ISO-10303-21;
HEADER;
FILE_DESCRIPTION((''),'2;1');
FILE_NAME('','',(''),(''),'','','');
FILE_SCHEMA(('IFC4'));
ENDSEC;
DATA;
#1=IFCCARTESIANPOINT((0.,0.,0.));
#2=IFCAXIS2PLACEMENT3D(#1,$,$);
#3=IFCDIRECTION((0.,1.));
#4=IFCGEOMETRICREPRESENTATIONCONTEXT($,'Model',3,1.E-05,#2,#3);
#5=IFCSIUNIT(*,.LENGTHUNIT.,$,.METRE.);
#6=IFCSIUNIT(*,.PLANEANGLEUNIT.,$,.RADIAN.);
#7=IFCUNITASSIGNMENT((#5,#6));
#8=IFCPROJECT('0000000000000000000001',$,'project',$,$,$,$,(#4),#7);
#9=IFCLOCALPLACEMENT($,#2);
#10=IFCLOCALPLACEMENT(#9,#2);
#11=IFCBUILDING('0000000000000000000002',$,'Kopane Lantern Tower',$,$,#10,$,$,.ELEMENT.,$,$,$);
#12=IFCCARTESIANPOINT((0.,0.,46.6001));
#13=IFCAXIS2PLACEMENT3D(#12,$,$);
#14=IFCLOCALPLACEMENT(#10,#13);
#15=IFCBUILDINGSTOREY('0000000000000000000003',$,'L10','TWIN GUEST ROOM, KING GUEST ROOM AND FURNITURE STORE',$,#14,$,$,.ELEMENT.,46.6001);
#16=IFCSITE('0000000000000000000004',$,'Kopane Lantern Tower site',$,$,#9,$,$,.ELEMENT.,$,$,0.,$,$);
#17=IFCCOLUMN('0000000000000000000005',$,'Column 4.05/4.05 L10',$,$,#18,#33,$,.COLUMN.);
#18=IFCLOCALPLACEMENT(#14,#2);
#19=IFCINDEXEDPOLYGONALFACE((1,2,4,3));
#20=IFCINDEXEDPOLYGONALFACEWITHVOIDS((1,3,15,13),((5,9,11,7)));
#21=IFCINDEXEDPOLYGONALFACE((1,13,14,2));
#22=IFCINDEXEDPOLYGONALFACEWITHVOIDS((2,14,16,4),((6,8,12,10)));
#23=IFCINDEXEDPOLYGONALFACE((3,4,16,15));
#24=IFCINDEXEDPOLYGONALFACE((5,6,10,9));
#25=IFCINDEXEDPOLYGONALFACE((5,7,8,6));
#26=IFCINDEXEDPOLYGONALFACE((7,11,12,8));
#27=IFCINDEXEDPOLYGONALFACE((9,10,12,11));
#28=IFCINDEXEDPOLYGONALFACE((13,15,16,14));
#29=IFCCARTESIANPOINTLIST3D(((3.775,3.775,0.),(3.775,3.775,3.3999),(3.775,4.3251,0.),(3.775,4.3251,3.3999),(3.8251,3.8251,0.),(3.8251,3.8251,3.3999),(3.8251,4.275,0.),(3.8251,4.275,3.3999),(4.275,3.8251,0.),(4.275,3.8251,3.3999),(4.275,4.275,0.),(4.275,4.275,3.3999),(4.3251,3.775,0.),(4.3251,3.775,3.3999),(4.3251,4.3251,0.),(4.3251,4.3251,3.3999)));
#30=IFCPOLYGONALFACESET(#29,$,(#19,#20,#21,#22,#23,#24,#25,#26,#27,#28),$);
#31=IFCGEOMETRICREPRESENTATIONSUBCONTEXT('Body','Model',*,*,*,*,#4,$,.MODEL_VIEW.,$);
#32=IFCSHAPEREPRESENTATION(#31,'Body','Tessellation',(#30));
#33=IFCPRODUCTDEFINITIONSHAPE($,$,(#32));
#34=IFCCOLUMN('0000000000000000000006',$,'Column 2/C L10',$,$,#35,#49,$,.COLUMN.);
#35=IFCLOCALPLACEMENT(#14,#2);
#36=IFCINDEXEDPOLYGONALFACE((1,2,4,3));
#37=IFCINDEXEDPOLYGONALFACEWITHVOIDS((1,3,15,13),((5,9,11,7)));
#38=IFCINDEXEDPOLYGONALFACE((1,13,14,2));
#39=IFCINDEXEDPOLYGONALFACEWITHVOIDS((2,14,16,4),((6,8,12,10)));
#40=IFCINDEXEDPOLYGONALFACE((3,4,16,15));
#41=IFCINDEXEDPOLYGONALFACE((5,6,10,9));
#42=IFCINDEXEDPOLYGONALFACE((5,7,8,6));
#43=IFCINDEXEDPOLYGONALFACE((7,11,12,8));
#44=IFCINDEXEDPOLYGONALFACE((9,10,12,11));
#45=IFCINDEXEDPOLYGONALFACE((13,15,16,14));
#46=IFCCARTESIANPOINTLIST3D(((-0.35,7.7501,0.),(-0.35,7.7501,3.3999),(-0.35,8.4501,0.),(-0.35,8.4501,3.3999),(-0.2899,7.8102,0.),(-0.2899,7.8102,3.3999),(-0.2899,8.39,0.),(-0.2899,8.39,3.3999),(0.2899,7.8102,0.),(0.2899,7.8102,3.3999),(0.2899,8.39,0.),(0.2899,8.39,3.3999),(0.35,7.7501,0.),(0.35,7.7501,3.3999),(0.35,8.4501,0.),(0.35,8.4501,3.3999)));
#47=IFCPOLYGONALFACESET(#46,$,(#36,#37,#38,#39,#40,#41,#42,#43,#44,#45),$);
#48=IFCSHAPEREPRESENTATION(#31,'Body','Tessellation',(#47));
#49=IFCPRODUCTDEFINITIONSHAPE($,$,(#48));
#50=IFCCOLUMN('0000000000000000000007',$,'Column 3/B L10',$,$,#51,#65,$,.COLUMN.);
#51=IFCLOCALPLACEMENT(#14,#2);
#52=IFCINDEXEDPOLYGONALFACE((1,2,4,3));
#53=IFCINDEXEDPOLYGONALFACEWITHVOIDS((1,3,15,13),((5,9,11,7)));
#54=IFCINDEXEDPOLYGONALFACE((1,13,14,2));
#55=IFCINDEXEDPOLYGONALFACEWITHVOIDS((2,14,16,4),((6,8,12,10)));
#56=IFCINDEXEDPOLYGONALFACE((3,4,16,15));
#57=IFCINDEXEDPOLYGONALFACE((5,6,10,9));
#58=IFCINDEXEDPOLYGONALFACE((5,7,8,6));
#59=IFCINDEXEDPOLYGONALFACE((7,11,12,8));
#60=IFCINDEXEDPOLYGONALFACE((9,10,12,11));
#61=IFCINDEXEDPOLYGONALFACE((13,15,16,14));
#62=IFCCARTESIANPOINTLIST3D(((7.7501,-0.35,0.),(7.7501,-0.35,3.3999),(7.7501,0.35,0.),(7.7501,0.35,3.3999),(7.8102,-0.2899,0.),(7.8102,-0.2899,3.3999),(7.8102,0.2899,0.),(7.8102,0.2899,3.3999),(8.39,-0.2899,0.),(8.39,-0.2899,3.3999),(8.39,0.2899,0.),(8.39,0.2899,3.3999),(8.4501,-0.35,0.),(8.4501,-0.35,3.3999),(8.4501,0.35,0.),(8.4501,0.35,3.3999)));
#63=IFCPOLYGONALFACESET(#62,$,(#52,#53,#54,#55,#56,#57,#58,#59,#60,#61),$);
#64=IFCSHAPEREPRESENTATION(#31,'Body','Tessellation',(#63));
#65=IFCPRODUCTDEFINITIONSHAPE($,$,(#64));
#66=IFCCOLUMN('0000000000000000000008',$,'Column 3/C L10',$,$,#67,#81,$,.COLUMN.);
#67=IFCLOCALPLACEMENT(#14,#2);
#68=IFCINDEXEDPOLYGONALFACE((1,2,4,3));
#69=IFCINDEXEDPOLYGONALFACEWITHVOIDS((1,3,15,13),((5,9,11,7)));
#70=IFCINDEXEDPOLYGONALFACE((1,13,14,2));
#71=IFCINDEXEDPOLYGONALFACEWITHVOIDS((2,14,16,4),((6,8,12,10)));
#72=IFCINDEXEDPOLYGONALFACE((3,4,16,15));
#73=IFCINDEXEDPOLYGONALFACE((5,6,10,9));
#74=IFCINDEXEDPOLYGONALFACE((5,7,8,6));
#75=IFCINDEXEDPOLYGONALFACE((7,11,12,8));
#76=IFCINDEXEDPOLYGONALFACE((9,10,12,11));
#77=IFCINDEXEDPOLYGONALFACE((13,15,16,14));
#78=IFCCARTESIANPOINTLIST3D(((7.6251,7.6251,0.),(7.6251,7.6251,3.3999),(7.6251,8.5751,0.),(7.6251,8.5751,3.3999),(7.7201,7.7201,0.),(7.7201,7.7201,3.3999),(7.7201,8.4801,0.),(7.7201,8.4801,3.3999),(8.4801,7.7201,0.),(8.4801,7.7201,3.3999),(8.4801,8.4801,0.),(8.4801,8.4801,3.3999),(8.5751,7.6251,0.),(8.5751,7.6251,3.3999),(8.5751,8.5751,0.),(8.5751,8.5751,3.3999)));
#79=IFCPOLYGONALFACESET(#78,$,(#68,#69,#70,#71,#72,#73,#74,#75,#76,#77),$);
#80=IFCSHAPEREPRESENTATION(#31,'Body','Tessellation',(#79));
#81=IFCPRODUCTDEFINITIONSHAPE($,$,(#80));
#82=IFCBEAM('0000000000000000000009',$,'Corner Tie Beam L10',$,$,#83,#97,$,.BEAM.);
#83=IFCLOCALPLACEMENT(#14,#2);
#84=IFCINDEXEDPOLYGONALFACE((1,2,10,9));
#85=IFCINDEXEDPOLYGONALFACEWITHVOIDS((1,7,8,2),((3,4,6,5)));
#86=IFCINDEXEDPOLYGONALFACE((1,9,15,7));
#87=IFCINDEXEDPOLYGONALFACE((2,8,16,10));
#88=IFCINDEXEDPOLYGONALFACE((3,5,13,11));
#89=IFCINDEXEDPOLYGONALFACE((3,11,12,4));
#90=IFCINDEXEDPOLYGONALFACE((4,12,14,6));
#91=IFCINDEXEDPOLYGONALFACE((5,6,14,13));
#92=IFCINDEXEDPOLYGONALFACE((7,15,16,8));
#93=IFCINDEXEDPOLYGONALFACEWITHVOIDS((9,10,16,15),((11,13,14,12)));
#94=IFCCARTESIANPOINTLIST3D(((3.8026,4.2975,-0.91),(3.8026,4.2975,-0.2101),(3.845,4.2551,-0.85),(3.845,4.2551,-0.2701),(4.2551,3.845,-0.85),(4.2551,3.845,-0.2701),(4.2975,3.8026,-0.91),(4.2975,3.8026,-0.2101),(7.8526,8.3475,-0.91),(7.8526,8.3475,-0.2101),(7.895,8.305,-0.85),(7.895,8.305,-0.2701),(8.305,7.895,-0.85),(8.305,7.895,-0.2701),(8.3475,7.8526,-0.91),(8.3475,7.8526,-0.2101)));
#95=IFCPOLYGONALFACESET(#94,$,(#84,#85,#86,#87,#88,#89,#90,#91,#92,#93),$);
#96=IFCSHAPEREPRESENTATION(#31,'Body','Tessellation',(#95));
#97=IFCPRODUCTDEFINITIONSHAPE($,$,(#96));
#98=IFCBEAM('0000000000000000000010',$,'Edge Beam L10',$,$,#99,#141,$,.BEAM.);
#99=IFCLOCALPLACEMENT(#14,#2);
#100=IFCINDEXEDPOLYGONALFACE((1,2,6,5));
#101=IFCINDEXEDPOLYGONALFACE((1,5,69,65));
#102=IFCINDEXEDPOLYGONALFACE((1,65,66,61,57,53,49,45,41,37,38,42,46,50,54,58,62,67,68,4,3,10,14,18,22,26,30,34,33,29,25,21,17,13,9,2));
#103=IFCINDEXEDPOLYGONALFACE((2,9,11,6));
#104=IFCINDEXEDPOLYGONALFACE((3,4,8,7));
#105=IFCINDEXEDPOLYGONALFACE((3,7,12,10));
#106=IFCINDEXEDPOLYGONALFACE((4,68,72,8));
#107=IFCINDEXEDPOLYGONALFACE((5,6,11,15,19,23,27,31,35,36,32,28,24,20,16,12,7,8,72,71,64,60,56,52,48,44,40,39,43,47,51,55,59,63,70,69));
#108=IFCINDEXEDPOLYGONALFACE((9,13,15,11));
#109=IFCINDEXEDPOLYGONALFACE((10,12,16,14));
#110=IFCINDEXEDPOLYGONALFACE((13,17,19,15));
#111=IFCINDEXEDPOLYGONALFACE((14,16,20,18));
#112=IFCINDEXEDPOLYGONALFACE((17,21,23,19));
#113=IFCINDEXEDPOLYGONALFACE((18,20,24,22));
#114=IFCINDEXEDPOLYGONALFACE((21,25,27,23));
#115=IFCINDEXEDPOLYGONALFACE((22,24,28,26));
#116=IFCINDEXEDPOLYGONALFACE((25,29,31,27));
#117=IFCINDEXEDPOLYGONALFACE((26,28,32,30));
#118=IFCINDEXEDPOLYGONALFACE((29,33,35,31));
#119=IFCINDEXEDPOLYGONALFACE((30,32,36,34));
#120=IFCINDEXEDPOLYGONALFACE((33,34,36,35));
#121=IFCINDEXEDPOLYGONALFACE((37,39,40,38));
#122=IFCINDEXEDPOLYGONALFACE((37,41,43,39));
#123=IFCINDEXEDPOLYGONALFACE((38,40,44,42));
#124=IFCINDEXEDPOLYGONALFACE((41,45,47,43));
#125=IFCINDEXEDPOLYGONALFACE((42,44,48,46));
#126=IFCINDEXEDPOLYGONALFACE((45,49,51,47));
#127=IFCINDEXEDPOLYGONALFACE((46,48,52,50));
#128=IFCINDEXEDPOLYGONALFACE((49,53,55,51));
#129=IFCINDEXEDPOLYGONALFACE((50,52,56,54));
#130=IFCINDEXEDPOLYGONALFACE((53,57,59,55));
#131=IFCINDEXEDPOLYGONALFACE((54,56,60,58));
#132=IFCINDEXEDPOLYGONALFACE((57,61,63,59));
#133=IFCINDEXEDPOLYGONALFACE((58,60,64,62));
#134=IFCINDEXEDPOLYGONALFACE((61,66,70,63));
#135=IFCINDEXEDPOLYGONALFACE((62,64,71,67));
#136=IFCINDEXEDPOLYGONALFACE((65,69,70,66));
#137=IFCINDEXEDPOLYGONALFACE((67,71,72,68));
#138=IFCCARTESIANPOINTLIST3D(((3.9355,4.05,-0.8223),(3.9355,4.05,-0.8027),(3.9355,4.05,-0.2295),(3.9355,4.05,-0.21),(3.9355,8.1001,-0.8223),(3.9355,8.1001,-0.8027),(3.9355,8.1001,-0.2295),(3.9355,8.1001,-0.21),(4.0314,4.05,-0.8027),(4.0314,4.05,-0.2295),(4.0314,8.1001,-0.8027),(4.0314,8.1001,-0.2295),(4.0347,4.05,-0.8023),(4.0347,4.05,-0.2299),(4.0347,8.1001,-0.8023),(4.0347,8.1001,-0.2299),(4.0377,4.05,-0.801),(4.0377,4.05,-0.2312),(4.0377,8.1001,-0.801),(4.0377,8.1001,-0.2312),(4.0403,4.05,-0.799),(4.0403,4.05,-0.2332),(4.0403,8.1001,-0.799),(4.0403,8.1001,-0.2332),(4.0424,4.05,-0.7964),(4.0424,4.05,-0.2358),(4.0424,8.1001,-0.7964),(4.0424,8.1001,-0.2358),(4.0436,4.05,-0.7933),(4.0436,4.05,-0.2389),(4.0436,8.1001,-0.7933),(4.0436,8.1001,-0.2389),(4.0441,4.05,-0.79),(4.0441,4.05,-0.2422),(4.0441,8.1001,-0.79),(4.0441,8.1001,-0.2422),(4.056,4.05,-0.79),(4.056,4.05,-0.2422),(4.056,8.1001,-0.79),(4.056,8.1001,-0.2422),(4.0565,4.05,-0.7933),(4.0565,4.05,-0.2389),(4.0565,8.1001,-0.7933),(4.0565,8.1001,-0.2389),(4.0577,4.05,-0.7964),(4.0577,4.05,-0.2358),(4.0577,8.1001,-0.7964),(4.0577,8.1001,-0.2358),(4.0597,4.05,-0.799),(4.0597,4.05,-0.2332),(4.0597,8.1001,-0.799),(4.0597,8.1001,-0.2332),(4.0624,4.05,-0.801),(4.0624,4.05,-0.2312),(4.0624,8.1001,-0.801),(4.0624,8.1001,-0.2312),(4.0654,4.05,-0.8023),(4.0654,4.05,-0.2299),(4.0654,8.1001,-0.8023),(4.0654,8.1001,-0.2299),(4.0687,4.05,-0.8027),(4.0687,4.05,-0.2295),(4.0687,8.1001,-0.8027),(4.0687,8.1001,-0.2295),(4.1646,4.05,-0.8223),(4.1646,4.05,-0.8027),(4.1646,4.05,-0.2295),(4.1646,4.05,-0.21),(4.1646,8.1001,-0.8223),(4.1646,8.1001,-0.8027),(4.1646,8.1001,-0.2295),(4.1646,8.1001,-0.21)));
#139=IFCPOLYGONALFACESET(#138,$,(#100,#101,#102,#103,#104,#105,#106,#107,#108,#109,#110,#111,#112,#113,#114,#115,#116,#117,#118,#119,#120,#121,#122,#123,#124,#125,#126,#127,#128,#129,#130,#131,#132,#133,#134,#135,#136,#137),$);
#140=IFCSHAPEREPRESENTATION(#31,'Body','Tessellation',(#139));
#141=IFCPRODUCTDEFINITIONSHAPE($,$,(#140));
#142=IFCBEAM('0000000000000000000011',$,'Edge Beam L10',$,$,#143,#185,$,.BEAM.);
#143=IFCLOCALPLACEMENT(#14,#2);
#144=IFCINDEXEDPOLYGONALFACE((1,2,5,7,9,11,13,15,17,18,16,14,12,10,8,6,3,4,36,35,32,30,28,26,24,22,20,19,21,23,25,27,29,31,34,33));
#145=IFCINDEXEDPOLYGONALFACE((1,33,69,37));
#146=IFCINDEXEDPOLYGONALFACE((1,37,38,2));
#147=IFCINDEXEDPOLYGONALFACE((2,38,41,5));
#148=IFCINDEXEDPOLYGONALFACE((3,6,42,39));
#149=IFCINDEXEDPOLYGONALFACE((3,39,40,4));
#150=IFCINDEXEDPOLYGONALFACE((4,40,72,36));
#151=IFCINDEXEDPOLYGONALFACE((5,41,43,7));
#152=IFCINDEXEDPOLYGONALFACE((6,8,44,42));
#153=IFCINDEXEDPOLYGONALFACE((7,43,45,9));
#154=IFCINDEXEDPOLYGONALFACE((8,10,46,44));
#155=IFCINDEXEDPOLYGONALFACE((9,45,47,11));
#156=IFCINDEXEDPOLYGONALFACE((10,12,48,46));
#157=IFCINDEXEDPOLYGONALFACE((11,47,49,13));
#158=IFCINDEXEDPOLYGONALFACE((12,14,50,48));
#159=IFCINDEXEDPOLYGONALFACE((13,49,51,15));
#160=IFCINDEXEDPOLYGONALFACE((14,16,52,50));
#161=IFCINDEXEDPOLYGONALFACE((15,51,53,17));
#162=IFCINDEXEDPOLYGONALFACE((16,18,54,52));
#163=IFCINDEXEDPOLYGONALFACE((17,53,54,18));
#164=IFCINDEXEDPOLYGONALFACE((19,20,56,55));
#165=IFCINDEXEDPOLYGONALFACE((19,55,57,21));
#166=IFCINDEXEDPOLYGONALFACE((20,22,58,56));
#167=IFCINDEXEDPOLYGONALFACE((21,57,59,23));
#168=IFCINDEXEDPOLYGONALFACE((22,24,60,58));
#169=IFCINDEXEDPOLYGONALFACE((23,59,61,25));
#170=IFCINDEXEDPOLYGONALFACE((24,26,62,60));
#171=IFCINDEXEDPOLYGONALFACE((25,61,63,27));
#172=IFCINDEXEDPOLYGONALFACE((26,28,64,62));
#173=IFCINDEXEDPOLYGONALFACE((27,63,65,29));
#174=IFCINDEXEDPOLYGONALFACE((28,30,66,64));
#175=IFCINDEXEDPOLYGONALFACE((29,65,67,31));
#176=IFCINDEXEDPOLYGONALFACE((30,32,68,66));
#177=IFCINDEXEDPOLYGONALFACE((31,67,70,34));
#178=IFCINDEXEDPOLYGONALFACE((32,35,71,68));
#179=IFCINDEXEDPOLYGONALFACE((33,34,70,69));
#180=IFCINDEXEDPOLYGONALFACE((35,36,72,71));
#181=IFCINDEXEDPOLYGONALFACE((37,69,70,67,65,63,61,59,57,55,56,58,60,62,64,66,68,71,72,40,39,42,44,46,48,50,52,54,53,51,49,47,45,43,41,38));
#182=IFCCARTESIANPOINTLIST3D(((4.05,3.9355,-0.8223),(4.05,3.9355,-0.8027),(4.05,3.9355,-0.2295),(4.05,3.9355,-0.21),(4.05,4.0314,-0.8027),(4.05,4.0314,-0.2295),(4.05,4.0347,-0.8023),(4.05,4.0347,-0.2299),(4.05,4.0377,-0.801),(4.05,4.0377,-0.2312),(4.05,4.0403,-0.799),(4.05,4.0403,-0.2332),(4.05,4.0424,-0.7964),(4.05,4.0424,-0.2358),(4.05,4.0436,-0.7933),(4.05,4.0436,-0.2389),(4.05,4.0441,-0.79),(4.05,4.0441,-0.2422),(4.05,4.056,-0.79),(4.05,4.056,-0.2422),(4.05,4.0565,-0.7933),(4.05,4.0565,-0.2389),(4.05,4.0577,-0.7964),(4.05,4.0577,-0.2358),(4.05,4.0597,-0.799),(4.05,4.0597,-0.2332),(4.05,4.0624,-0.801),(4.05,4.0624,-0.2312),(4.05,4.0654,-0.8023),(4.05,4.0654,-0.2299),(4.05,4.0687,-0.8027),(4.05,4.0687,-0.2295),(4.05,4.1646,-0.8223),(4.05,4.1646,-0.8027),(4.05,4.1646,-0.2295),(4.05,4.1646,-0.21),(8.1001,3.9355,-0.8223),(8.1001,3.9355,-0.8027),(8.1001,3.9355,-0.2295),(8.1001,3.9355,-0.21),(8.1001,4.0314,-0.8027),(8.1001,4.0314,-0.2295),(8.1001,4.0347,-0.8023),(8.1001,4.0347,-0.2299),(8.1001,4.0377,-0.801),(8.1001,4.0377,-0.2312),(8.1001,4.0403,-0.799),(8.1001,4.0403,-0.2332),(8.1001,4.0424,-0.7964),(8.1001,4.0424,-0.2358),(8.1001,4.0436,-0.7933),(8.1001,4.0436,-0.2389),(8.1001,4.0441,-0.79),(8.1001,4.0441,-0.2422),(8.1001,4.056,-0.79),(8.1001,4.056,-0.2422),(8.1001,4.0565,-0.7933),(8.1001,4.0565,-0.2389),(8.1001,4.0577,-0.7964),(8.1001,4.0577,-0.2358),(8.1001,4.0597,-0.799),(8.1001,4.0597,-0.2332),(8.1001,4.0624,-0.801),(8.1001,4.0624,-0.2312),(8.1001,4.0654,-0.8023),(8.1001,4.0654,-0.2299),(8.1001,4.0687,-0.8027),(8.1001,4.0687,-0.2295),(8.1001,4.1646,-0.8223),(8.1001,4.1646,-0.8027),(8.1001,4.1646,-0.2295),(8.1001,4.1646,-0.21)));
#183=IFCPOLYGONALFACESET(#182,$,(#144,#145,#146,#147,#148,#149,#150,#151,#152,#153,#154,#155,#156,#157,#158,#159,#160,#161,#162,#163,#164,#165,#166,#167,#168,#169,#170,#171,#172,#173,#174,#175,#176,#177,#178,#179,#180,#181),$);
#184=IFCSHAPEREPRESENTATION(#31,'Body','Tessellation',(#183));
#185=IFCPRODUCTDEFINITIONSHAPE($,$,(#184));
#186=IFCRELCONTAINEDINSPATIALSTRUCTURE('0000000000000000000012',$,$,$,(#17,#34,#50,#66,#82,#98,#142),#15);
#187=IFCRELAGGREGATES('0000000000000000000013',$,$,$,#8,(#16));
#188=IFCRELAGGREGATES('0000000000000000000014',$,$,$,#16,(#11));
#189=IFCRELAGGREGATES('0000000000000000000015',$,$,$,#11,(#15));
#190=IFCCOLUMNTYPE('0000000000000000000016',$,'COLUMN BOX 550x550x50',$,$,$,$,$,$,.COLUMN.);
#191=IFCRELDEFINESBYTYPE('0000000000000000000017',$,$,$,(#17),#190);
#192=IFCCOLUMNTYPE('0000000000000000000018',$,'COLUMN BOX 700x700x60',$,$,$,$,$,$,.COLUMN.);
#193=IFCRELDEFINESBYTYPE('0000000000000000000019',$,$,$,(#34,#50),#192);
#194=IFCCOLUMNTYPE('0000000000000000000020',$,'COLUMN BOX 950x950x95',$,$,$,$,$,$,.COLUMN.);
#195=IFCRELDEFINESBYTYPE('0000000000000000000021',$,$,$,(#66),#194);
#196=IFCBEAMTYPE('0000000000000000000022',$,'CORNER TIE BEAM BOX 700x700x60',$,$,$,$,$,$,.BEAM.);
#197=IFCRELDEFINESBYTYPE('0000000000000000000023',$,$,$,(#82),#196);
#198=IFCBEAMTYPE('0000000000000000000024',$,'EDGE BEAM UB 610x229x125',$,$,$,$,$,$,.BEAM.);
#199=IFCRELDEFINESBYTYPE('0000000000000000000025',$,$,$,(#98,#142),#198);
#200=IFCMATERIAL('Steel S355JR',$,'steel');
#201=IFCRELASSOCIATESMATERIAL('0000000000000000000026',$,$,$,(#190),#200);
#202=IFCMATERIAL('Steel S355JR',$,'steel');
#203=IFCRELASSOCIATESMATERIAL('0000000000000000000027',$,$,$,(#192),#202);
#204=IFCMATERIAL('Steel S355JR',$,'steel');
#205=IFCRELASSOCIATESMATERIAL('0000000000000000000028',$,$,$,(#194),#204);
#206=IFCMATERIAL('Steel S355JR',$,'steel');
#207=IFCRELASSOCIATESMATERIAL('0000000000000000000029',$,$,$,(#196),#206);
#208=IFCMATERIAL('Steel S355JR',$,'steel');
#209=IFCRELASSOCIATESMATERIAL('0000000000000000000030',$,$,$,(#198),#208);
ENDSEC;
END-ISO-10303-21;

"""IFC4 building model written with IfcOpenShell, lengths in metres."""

from ifc_helpers import new_model, si_unit, direction, frame, origin, origin_2d, place, context, subcontext, project, spatial, hollow_rectangle, i_section, extrude, material, material_profile, profile_set, type_object, element, save


model = new_model("IFC4")

# Units and contexts
model_context = context("Model", 3, precision=1e-05, world=origin(), true_north=direction((0.0, 1.0)))
body_context = subcontext(model_context, "Body", "Model", "MODEL_VIEW")
ifc_project = project(units=[si_unit("LENGTHUNIT", "METRE"), si_unit("PLANEANGLEUNIT", "RADIAN")], contexts=[model_context])

# Site, building, storey
site_placement = place(None, origin())
site = spatial("IfcSite", under=ifc_project, at=site_placement, Name="Kopane Lantern Tower site", CompositionType="ELEMENT", RefElevation=0.0)
building_placement = place(site_placement, origin())
building = spatial("IfcBuilding", under=site, at=building_placement, Name="Kopane Lantern Tower", CompositionType="ELEMENT")
storey_placement = place(building_placement, frame((0.0, 0.0, 46.6001)))
storey = spatial("IfcBuildingStorey", under=building, at=storey_placement, Name="L10", Description="TWIN GUEST ROOM, KING GUEST ROOM AND FURNITURE STORE", CompositionType="ELEMENT", Elevation=46.6001)

# Columns
ifc_material_1 = material(Name="Steel S355JR", Category="steel")
ifc_material_profile_1 = material_profile(ifc_material_1, hollow_rectangle(XDim=0.55, YDim=0.55, WallThickness=0.05, at=origin_2d()), Name="BOX 550x550x50")
ifc_profile_set_1 = profile_set([ifc_material_profile_1], Name="Steel S355JR")
column_type_1 = type_object("IfcColumnType", Name="COLUMN BOX 550x550x50", PredefinedType="COLUMN", material=ifc_profile_set_1)
column_1_placement = place(storey_placement, frame((4.05, 4.05, 0.0), z_axis=(0.0, 0.0, 1.0), x_axis=(1.0, 0.0, 0.0)))
element("IfcColumn", 1, at=column_1_placement, inside=storey, type_object=column_type_1, Name="Column 4.05/4.05 L10", PredefinedType="COLUMN", context=body_context, shape_type="SweptSolid", body=[
    extrude(hollow_rectangle(XDim=0.55, YDim=0.55, WallThickness=0.05, at=origin_2d()), origin(), (0.0, 0.0, 1.0), 3.3999),
])
ifc_material_2 = material(Name="Steel S355JR", Category="steel")
ifc_material_profile_2 = material_profile(ifc_material_2, hollow_rectangle(XDim=0.7, YDim=0.7, WallThickness=0.0601, at=origin_2d()), Name="BOX 700x700x60")
ifc_profile_set_2 = profile_set([ifc_material_profile_2], Name="Steel S355JR")
column_type_2 = type_object("IfcColumnType", Name="COLUMN BOX 700x700x60", PredefinedType="COLUMN", material=ifc_profile_set_2)
for number, where, z_axis, x_axis, name in (
    (2, (0.0, 8.1001, 0.0), (0.0, 0.0, 1.0), (1.0, 0.0, 0.0), "Column 2/C L10"),
    (3, (8.1001, 0.0, 0.0), (0.0, 0.0, 1.0), (1.0, 0.0, 0.0), "Column 3/B L10"),
):
    element("IfcColumn", number, at=place(storey_placement, frame(where, z_axis=z_axis, x_axis=x_axis)), inside=storey, type_object=column_type_2, Name=name, PredefinedType="COLUMN", context=body_context, shape_type="SweptSolid", body=[
        extrude(hollow_rectangle(XDim=0.7, YDim=0.7, WallThickness=0.0601, at=origin_2d()), origin(), (0.0, 0.0, 1.0), 3.3999),
    ])
ifc_material_3 = material(Name="Steel S355JR", Category="steel")
ifc_material_profile_3 = material_profile(ifc_material_3, hollow_rectangle(XDim=0.95, YDim=0.95, WallThickness=0.095, at=origin_2d()), Name="BOX 950x950x95")
ifc_profile_set_3 = profile_set([ifc_material_profile_3], Name="Steel S355JR")
column_type_3 = type_object("IfcColumnType", Name="COLUMN BOX 950x950x95", PredefinedType="COLUMN", material=ifc_profile_set_3)
column_2_placement = place(storey_placement, frame((8.1001, 8.1001, 0.0), z_axis=(0.0, 0.0, 1.0), x_axis=(1.0, 0.0, 0.0)))
element("IfcColumn", 4, at=column_2_placement, inside=storey, type_object=column_type_3, Name="Column 3/C L10", PredefinedType="COLUMN", context=body_context, shape_type="SweptSolid", body=[
    extrude(hollow_rectangle(XDim=0.95, YDim=0.95, WallThickness=0.095, at=origin_2d()), origin(), (0.0, 0.0, 1.0), 3.3999),
])

# Beams
ifc_material_4 = material(Name="Steel S355JR", Category="steel")
ifc_material_profile_4 = material_profile(ifc_material_4, hollow_rectangle(XDim=0.7, YDim=0.7, WallThickness=0.0601, at=origin_2d()), Name="BOX 700x700x60")
ifc_profile_set_4 = profile_set([ifc_material_profile_4], Name="Steel S355JR")
beam_type_1 = type_object("IfcBeamType", Name="CORNER TIE BEAM BOX 700x700x60", PredefinedType="BEAM", material=ifc_profile_set_4)
beam_1_placement = place(storey_placement, frame((4.05, 4.05, -0.5601), z_axis=(0.707107, 0.707107, 0.0), x_axis=(-0.707107, 0.707107, 0.0)))
element("IfcBeam", 5, at=beam_1_placement, inside=storey, type_object=beam_type_1, Name="Corner Tie Beam L10", PredefinedType="BEAM", context=body_context, shape_type="SweptSolid", body=[
    extrude(hollow_rectangle(XDim=0.7, YDim=0.7, WallThickness=0.0601, at=origin_2d()), origin(), (0.0, 0.0, 1.0), 5.7275),
])
ifc_material_5 = material(Name="Steel S355JR", Category="steel")
ifc_material_profile_5 = material_profile(ifc_material_5, i_section(OverallWidth=0.229, OverallDepth=0.6123, WebThickness=0.012, FlangeThickness=0.0195, FilletRadius=0.0127, at=origin_2d()), Name="UB 610x229x125")
ifc_profile_set_5 = profile_set([ifc_material_profile_5], Name="Steel S355JR")
beam_type_2 = type_object("IfcBeamType", Name="EDGE BEAM UB 610x229x125", PredefinedType="BEAM", material=ifc_profile_set_5)
for number, where, z_axis, x_axis, name in (
    (6, (4.05, 4.05, -0.5161), (0.0, 1.0, 0.0), (-1.0, 0.0, 0.0), "Edge Beam L10"),
    (7, (4.05, 4.05, -0.5161), (1.0, 0.0, 0.0), (0.0, 1.0, 0.0), "Edge Beam L10"),
):
    element("IfcBeam", number, at=place(storey_placement, frame(where, z_axis=z_axis, x_axis=x_axis)), inside=storey, type_object=beam_type_2, Name=name, PredefinedType="BEAM", context=body_context, shape_type="SweptSolid", body=[
        extrude(i_section(OverallWidth=0.229, OverallDepth=0.6123, WebThickness=0.012, FlangeThickness=0.0195, FilletRadius=0.0127, at=origin_2d()), origin(), (0.0, 0.0, 1.0), 4.05),
    ])

save(model, "model.ifc")
